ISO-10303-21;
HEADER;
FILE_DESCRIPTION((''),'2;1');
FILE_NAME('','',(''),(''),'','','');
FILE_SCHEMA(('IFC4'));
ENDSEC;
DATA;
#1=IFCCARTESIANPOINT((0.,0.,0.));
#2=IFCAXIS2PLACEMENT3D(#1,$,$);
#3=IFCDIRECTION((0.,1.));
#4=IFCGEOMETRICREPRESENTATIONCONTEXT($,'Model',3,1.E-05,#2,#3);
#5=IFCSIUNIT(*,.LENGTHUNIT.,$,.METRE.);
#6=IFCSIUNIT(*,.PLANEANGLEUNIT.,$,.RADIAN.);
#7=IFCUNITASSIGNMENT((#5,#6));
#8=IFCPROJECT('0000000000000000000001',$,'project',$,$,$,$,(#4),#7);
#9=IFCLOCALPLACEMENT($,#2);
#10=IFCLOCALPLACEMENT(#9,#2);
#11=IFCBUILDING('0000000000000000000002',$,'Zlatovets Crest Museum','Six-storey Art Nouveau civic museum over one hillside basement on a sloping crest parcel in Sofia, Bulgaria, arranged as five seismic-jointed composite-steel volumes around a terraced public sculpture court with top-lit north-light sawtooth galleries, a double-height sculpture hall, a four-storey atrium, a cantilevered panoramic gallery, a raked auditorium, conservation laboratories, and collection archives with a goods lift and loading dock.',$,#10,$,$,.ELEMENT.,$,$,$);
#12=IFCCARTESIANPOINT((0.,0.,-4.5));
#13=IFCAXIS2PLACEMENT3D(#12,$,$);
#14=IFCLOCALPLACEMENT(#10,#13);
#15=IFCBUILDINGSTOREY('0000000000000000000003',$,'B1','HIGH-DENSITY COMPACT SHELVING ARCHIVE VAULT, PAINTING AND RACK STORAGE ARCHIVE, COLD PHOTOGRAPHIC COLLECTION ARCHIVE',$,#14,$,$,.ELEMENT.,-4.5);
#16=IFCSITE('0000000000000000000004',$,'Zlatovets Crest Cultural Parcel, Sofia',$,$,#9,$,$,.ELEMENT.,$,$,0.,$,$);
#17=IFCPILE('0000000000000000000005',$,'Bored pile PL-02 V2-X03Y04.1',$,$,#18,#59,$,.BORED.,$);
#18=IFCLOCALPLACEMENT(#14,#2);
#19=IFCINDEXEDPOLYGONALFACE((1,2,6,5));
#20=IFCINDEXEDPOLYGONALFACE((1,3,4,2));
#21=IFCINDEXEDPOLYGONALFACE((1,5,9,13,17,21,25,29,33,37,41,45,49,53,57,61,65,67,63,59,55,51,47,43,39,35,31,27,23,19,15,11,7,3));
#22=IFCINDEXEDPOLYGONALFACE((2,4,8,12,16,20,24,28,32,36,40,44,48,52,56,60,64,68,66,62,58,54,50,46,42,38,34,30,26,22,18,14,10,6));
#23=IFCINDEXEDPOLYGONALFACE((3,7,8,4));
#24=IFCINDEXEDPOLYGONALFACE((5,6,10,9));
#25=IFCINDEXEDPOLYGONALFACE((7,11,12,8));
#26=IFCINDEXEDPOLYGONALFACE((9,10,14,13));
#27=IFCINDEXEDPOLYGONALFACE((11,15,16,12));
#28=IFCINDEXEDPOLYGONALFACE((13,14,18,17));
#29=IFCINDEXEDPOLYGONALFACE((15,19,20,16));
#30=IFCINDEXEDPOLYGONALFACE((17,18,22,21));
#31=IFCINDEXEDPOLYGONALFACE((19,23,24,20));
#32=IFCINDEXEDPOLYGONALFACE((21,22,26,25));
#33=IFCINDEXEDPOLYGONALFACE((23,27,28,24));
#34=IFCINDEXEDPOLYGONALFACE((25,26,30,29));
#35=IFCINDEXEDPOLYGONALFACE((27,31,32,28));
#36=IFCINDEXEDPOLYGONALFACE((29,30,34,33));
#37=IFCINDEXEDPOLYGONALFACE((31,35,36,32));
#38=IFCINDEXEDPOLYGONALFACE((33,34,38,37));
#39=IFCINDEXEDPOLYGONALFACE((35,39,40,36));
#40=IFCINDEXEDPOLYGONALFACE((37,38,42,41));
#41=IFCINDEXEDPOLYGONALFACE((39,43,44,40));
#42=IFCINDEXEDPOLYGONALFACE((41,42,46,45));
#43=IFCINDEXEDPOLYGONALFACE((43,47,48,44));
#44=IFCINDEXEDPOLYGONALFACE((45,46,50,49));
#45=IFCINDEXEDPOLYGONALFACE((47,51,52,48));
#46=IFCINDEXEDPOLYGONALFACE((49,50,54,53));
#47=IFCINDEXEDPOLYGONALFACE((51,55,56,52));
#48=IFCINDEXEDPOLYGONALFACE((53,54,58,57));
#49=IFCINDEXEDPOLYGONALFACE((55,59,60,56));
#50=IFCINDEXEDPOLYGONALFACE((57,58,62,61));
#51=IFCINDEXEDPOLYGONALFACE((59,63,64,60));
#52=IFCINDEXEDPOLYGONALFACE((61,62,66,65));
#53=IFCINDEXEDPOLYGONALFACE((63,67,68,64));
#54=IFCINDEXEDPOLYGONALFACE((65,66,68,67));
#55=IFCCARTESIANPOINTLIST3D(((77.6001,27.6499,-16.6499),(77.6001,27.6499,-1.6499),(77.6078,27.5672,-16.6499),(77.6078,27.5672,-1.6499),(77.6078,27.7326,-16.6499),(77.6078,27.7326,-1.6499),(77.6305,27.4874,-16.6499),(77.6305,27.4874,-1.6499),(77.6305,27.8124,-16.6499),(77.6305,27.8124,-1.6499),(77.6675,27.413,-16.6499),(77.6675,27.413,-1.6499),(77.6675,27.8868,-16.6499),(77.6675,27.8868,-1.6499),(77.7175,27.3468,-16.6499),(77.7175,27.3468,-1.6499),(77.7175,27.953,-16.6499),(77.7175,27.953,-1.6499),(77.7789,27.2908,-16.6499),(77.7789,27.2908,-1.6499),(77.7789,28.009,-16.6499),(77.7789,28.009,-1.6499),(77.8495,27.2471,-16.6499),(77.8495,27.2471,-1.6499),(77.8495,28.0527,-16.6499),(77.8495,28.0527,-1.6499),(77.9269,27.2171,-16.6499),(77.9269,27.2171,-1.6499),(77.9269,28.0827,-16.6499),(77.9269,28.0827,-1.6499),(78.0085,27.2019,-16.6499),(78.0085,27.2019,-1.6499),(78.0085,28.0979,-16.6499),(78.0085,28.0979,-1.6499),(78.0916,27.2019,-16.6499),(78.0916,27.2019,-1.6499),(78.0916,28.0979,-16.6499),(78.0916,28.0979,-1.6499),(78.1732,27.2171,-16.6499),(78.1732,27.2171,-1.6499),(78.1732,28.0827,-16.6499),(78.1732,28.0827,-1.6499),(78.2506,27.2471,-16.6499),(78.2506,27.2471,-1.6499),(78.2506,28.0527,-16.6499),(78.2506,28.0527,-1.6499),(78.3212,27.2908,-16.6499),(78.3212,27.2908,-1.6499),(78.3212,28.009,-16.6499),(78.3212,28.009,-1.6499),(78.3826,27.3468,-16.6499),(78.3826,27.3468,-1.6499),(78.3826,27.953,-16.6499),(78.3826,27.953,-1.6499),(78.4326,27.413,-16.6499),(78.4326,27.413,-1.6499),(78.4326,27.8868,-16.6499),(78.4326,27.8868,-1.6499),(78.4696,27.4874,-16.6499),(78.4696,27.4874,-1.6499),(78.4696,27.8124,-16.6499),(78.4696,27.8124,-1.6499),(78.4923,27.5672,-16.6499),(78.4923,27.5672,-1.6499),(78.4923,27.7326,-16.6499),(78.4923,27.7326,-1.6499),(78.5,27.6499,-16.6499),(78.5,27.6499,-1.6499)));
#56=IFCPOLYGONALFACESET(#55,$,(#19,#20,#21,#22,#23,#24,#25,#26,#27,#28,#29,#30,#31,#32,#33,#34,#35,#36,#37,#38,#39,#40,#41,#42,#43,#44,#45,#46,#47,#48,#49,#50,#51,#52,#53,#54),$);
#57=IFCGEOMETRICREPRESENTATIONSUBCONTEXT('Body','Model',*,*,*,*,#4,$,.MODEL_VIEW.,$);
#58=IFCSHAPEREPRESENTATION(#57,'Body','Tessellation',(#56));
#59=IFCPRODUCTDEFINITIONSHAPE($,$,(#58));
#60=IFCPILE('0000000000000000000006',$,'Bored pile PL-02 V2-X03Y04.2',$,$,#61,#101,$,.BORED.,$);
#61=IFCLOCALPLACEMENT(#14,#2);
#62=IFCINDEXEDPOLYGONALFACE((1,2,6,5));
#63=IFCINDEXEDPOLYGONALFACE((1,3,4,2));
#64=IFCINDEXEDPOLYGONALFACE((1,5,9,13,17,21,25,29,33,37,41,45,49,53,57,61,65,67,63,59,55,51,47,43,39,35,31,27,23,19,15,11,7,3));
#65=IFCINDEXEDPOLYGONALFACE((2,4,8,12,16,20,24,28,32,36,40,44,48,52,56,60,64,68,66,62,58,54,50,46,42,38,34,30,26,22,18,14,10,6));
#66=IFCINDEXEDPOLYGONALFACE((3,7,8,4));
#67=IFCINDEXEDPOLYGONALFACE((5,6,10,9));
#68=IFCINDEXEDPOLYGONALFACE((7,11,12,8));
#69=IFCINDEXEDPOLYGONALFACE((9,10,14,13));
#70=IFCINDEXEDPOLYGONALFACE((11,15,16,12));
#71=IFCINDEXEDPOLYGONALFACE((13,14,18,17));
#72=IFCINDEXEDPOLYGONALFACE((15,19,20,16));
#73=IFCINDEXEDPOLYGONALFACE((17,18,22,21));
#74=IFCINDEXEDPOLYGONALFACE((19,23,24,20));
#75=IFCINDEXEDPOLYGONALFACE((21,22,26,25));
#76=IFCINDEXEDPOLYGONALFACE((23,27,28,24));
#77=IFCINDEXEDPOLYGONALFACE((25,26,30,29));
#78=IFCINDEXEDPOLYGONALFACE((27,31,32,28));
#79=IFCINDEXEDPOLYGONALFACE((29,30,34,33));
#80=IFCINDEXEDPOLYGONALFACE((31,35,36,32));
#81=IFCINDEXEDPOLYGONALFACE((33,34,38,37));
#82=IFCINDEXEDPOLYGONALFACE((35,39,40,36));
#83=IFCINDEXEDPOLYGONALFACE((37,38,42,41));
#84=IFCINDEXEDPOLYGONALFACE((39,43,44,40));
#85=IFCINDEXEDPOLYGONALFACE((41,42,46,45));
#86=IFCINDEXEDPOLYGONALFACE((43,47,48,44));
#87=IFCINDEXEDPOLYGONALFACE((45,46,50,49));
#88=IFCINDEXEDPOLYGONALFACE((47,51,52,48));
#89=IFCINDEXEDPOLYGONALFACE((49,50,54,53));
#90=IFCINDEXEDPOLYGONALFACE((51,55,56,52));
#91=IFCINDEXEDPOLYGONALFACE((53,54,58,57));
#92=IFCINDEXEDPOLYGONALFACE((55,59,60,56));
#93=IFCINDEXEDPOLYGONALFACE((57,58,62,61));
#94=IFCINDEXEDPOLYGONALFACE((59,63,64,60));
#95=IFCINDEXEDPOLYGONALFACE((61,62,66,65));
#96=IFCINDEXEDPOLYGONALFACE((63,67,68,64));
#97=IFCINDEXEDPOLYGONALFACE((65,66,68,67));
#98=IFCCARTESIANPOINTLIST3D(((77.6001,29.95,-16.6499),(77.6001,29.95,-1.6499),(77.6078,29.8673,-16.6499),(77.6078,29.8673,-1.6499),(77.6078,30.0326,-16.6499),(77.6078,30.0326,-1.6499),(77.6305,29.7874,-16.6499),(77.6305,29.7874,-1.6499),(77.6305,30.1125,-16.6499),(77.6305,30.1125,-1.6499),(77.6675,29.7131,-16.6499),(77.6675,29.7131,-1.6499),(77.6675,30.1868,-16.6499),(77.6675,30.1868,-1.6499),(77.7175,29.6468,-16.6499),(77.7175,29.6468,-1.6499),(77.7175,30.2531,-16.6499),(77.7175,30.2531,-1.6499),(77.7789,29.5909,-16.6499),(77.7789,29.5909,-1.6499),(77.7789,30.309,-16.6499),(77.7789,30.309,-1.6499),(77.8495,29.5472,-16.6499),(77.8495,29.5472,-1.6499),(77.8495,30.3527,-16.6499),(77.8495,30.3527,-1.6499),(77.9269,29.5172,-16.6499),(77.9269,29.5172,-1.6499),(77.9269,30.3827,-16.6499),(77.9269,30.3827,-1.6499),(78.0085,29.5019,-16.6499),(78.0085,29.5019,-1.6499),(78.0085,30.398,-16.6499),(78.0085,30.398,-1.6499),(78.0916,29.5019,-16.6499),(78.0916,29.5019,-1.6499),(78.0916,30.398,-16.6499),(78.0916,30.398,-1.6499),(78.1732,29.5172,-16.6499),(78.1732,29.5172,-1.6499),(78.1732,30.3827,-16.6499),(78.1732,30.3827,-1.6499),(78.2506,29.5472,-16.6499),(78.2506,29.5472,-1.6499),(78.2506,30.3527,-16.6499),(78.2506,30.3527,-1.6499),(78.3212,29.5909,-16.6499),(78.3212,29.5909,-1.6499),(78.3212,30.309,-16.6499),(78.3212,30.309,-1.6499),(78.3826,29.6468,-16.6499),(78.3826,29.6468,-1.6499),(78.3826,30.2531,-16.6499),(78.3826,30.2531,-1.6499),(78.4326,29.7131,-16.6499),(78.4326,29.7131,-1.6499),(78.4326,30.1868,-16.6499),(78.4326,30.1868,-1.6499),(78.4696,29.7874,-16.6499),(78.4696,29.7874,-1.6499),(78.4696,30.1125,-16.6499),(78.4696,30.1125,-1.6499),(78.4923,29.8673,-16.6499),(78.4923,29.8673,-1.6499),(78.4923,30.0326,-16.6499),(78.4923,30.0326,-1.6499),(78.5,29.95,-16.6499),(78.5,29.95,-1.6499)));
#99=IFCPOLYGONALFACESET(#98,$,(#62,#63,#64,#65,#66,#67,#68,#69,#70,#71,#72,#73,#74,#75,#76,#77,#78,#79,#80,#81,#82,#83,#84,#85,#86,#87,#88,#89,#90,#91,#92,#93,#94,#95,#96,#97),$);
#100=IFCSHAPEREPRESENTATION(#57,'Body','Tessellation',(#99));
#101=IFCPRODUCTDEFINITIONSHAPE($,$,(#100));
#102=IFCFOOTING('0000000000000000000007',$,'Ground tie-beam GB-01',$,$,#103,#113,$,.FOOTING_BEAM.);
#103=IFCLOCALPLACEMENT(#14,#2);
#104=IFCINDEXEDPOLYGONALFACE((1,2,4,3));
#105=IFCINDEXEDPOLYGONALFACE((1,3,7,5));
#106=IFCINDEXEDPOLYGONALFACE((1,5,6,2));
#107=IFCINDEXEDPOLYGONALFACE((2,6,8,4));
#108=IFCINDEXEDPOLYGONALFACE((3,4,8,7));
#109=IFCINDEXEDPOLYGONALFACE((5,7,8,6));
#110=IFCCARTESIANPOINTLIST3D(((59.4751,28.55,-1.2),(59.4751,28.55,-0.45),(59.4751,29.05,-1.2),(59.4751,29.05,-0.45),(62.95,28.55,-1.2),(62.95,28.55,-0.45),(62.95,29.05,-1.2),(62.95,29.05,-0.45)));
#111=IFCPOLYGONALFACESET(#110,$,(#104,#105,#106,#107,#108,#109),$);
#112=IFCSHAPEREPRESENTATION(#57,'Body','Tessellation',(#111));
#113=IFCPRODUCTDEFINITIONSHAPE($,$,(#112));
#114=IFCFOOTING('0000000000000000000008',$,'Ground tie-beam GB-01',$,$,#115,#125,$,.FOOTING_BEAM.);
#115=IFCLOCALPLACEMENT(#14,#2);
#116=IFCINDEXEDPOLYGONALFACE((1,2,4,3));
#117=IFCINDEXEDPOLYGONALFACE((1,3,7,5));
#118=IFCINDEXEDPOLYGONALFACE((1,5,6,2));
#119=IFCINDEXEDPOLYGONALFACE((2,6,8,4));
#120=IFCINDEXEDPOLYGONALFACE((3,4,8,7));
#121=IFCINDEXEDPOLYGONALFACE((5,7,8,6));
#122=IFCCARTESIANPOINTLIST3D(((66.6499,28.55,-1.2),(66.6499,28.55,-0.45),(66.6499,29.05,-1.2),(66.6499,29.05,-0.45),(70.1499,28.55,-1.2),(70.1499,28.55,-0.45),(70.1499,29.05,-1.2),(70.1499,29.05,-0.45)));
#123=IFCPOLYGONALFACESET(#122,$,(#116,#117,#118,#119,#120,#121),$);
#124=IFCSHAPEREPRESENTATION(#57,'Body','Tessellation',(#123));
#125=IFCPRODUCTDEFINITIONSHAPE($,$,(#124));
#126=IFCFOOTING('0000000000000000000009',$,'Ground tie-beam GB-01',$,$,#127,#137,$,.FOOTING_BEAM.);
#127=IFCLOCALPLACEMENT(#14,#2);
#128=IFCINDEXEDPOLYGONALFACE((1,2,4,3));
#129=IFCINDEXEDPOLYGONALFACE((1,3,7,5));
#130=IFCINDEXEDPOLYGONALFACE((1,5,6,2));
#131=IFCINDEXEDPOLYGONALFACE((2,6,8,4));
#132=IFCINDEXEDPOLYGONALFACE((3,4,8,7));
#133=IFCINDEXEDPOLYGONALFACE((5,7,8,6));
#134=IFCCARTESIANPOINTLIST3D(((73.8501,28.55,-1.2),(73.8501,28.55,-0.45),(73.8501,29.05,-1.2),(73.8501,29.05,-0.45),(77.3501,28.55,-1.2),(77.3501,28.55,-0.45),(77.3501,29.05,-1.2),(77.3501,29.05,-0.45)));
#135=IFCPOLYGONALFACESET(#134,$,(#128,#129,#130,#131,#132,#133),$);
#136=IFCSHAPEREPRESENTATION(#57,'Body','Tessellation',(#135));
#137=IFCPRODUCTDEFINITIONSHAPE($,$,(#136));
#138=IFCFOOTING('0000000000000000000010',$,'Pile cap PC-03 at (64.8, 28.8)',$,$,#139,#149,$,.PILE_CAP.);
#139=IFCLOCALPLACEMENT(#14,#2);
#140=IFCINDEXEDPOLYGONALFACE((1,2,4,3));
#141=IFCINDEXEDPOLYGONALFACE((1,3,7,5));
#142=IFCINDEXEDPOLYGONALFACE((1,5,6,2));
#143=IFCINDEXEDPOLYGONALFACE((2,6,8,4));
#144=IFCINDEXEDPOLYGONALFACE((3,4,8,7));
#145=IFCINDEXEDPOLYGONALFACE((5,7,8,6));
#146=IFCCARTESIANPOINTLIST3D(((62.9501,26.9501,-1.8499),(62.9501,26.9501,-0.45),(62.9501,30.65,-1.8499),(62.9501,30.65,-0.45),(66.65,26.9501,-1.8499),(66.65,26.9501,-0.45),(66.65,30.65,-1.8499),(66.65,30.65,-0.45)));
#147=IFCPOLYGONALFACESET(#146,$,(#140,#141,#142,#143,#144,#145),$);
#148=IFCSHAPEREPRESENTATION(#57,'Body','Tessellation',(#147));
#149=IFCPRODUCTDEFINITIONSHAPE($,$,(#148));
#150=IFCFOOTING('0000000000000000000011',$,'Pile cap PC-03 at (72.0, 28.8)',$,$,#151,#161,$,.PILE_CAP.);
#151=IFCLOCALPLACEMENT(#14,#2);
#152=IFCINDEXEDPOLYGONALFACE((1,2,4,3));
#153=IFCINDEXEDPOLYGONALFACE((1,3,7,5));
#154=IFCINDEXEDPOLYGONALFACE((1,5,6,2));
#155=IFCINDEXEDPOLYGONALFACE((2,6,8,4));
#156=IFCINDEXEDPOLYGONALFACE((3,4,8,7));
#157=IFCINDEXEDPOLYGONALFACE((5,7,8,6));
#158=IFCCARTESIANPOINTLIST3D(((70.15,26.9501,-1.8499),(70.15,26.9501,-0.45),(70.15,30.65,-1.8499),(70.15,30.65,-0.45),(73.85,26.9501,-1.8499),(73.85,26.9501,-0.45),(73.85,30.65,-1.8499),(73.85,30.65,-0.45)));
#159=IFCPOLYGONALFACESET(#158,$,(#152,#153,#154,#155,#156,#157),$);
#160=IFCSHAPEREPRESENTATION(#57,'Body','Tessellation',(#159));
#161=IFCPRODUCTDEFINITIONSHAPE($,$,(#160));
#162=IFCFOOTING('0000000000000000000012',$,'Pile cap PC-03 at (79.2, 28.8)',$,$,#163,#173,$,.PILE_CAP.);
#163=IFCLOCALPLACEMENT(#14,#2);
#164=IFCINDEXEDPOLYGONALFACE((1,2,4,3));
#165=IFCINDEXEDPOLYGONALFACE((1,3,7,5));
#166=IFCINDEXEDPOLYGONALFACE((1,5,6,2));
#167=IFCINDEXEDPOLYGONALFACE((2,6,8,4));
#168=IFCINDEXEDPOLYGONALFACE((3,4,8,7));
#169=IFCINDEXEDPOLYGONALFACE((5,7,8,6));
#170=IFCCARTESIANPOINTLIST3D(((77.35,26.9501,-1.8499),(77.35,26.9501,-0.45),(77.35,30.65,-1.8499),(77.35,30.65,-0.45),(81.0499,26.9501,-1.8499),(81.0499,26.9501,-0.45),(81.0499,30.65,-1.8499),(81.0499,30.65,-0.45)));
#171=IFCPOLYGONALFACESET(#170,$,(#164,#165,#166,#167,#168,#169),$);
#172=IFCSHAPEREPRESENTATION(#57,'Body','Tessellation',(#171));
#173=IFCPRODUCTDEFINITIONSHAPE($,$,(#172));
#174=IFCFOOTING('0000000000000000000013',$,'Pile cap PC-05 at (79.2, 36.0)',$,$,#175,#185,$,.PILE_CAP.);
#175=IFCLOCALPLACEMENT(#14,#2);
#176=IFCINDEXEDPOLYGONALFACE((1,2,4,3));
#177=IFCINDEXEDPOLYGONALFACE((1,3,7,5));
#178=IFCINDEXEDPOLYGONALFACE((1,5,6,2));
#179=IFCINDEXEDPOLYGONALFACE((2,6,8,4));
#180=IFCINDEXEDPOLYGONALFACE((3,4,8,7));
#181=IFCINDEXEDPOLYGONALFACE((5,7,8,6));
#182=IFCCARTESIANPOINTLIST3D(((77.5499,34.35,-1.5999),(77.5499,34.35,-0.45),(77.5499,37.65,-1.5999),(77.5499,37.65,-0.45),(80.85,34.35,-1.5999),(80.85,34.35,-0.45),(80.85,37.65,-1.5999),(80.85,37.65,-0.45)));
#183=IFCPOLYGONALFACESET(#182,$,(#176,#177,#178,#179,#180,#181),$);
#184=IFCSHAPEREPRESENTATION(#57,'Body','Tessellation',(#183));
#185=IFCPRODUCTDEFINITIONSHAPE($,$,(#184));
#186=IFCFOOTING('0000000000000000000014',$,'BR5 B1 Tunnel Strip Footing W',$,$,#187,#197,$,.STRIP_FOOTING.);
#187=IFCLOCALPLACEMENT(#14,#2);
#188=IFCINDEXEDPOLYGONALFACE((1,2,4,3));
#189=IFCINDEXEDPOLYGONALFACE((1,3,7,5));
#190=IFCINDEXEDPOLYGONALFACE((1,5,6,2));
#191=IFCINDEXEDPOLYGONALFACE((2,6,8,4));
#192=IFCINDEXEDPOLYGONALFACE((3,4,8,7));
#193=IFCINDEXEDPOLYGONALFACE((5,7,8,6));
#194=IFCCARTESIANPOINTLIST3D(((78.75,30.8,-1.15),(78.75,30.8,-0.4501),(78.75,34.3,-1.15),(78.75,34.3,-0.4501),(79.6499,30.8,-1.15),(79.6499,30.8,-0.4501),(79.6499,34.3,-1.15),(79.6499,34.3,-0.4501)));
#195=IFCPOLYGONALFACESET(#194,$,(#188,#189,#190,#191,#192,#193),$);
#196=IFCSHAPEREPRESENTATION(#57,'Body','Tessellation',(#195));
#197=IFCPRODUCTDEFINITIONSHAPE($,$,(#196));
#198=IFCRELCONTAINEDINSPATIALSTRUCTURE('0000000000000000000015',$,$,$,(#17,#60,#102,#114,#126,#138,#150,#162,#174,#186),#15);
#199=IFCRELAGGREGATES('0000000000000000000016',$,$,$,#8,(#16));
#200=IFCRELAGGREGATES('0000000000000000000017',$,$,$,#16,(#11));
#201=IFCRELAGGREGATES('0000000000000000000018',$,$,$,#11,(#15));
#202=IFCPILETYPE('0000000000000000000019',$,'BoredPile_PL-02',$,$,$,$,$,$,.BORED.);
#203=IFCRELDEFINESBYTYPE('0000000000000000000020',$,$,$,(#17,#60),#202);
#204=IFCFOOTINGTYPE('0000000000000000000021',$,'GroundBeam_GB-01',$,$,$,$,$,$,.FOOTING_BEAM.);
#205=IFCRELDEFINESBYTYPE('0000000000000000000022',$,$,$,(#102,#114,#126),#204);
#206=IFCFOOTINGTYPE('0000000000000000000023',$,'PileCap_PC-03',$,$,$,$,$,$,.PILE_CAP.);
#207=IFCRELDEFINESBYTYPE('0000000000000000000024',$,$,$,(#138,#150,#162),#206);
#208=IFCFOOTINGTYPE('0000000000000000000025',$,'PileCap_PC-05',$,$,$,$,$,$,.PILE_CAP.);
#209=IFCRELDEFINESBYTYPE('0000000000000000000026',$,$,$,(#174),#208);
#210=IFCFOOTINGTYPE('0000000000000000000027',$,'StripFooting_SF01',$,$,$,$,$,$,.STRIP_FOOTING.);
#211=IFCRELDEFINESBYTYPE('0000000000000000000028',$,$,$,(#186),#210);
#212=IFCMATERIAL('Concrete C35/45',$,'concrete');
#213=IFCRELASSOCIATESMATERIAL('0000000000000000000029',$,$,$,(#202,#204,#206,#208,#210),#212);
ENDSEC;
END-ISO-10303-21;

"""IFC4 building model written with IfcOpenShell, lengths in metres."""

from ifc_helpers import new_model, si_unit, direction, frame, origin, origin_2d, place, context, subcontext, project, spatial, rectangle, circle, extrude, material, material_profile, profile_set, type_object, element, save


model = new_model("IFC4")

# Units and contexts
model_context = context("Model", 3, precision=1e-05, world=origin(), true_north=direction((0.0, 1.0)))
body_context = subcontext(model_context, "Body", "Model", "MODEL_VIEW")
ifc_project = project(units=[si_unit("LENGTHUNIT", "METRE"), si_unit("PLANEANGLEUNIT", "RADIAN")], contexts=[model_context])

# Site, building, storey
site_placement = place(None, origin())
site = spatial("IfcSite", under=ifc_project, at=site_placement, Name="Zlatovets Crest Cultural Parcel, Sofia", CompositionType="ELEMENT", RefElevation=0.0)
building_placement = place(site_placement, origin())
building = spatial("IfcBuilding", under=site, at=building_placement, Name="Zlatovets Crest Museum", Description="Six-storey Art Nouveau civic museum over one hillside basement on a sloping crest parcel in Sofia, Bulgaria, arranged as five seismic-jointed composite-steel volumes around a terraced public sculpture court with top-lit north-light sawtooth galleries, a double-height sculpture hall, a four-storey atrium, a cantilevered panoramic gallery, a raked auditorium, conservation laboratories, and collection archives with a goods lift and loading dock.", CompositionType="ELEMENT")
storey_placement = place(building_placement, frame((0.0, 0.0, -4.5)))
storey = spatial("IfcBuildingStorey", under=building, at=storey_placement, Name="B1", Description="HIGH-DENSITY COMPACT SHELVING ARCHIVE VAULT, PAINTING AND RACK STORAGE ARCHIVE, COLD PHOTOGRAPHIC COLLECTION ARCHIVE", CompositionType="ELEMENT", Elevation=-4.5)

# Piles
ifc_material_1 = material(Name="Concrete C35/45", Category="concrete")
ifc_material_profile_1 = material_profile(ifc_material_1, circle(Radius=0.45, at=origin_2d()), Name="PILE D900")
ifc_profile_set_1 = profile_set([ifc_material_profile_1], Name="Concrete C35/45")
pile_type_1 = type_object("IfcPileType", Name="BoredPile_PL-02", PredefinedType="BORED", material=ifc_profile_set_1)
for number, where, z_axis, x_axis, name in (
    (1, (78.05, 27.6499, -1.6499), (0.0, 0.0, -1.0), (1.0, 0.0, 0.0), "Bored pile PL-02 V2-X03Y04.1"),
    (2, (78.05, 29.95, -1.6499), (0.0, 0.0, -1.0), (1.0, 0.0, 0.0), "Bored pile PL-02 V2-X03Y04.2"),
):
    element("IfcPile", number, at=place(storey_placement, frame(where, z_axis=z_axis, x_axis=x_axis)), inside=storey, type_object=pile_type_1, Name=name, PredefinedType="BORED", context=body_context, shape_type="SweptSolid", body=[
        extrude(circle(Radius=0.45, at=origin_2d()), origin(), (0.0, 0.0, 1.0), 15.0),
    ])

# Footings
ifc_material_profile_2 = material_profile(ifc_material_1, rectangle(XDim=0.5, YDim=0.75, at=origin_2d()), Name="RC 500x750")
ifc_profile_set_2 = profile_set([ifc_material_profile_2], Name="Concrete C35/45")
footing_type_1 = type_object("IfcFootingType", Name="GroundBeam_GB-01", PredefinedType="FOOTING_BEAM", material=ifc_profile_set_2)
footing_1_placement = place(storey_placement, frame((59.4751, 28.8, -0.825), z_axis=(1.0, 0.0, 0.0), x_axis=(0.0, 1.0, 0.0)))
element("IfcFooting", 3, at=footing_1_placement, inside=storey, type_object=footing_type_1, Name="Ground tie-beam GB-01", PredefinedType="FOOTING_BEAM", context=body_context, shape_type="SweptSolid", body=[
    extrude(rectangle(XDim=0.5, YDim=0.75, at=origin_2d()), origin(), (0.0, 0.0, 1.0), 3.4749),
])
for number, where, z_axis, x_axis, name in (
    (4, (66.6499, 28.8, -0.825), (1.0, 0.0, 0.0), (0.0, 1.0, 0.0), "Ground tie-beam GB-01"),
    (5, (73.8501, 28.8, -0.825), (1.0, 0.0, 0.0), (0.0, 1.0, 0.0), "Ground tie-beam GB-01"),
):
    element("IfcFooting", number, at=place(storey_placement, frame(where, z_axis=z_axis, x_axis=x_axis)), inside=storey, type_object=footing_type_1, Name=name, PredefinedType="FOOTING_BEAM", context=body_context, shape_type="SweptSolid", body=[
        extrude(rectangle(XDim=0.5, YDim=0.75, at=origin_2d()), origin(), (0.0, 0.0, 1.0), 3.5),
    ])
footing_type_2 = type_object("IfcFootingType", Name="PileCap_PC-03", PredefinedType="PILE_CAP", material=ifc_material_1)
for number, where, z_axis, x_axis, name in (
    (6, (64.8, 28.8, -1.8499), (0.0, 0.0, 1.0), (1.0, 0.0, 0.0), "Pile cap PC-03 at (64.8, 28.8)"),
    (7, (72.0, 28.8, -1.8499), (0.0, 0.0, 1.0), (1.0, 0.0, 0.0), "Pile cap PC-03 at (72.0, 28.8)"),
    (8, (79.2, 28.8, -1.8499), (0.0, 0.0, 1.0), (1.0, 0.0, 0.0), "Pile cap PC-03 at (79.2, 28.8)"),
):
    element("IfcFooting", number, at=place(storey_placement, frame(where, z_axis=z_axis, x_axis=x_axis)), inside=storey, type_object=footing_type_2, Name=name, PredefinedType="PILE_CAP", context=body_context, shape_type="SweptSolid", body=[
        extrude(rectangle(XDim=3.7, YDim=3.7, at=origin_2d()), origin(), (0.0, 0.0, 1.0), 1.3999),
    ])
footing_type_3 = type_object("IfcFootingType", Name="PileCap_PC-05", PredefinedType="PILE_CAP", material=ifc_material_1)
footing_2_placement = place(storey_placement, frame((79.2, 36.0, -1.5999), z_axis=(0.0, 0.0, 1.0), x_axis=(1.0, 0.0, 0.0)))
element("IfcFooting", 9, at=footing_2_placement, inside=storey, type_object=footing_type_3, Name="Pile cap PC-05 at (79.2, 36.0)", PredefinedType="PILE_CAP", context=body_context, shape_type="SweptSolid", body=[
    extrude(rectangle(XDim=3.3, YDim=3.3, at=origin_2d()), origin(), (0.0, 0.0, 1.0), 1.1499),
])
ifc_material_profile_3 = material_profile(ifc_material_1, rectangle(XDim=0.8999, YDim=0.7, at=origin_2d()), Name="RC 900x700")
ifc_profile_set_3 = profile_set([ifc_material_profile_3], Name="Concrete C35/45")
footing_type_4 = type_object("IfcFootingType", Name="StripFooting_SF01", PredefinedType="STRIP_FOOTING", material=ifc_profile_set_3)
footing_3_placement = place(storey_placement, frame((79.2, 30.8, -0.8), z_axis=(0.0, 1.0, 0.0), x_axis=(-1.0, 0.0, 0.0)))
element("IfcFooting", 10, at=footing_3_placement, inside=storey, type_object=footing_type_4, Name="BR5 B1 Tunnel Strip Footing W", PredefinedType="STRIP_FOOTING", context=body_context, shape_type="SweptSolid", body=[
    extrude(rectangle(XDim=0.8999, YDim=0.7, at=origin_2d()), origin(), (0.0, 0.0, 1.0), 3.5),
])

save(model, "model.ifc")
